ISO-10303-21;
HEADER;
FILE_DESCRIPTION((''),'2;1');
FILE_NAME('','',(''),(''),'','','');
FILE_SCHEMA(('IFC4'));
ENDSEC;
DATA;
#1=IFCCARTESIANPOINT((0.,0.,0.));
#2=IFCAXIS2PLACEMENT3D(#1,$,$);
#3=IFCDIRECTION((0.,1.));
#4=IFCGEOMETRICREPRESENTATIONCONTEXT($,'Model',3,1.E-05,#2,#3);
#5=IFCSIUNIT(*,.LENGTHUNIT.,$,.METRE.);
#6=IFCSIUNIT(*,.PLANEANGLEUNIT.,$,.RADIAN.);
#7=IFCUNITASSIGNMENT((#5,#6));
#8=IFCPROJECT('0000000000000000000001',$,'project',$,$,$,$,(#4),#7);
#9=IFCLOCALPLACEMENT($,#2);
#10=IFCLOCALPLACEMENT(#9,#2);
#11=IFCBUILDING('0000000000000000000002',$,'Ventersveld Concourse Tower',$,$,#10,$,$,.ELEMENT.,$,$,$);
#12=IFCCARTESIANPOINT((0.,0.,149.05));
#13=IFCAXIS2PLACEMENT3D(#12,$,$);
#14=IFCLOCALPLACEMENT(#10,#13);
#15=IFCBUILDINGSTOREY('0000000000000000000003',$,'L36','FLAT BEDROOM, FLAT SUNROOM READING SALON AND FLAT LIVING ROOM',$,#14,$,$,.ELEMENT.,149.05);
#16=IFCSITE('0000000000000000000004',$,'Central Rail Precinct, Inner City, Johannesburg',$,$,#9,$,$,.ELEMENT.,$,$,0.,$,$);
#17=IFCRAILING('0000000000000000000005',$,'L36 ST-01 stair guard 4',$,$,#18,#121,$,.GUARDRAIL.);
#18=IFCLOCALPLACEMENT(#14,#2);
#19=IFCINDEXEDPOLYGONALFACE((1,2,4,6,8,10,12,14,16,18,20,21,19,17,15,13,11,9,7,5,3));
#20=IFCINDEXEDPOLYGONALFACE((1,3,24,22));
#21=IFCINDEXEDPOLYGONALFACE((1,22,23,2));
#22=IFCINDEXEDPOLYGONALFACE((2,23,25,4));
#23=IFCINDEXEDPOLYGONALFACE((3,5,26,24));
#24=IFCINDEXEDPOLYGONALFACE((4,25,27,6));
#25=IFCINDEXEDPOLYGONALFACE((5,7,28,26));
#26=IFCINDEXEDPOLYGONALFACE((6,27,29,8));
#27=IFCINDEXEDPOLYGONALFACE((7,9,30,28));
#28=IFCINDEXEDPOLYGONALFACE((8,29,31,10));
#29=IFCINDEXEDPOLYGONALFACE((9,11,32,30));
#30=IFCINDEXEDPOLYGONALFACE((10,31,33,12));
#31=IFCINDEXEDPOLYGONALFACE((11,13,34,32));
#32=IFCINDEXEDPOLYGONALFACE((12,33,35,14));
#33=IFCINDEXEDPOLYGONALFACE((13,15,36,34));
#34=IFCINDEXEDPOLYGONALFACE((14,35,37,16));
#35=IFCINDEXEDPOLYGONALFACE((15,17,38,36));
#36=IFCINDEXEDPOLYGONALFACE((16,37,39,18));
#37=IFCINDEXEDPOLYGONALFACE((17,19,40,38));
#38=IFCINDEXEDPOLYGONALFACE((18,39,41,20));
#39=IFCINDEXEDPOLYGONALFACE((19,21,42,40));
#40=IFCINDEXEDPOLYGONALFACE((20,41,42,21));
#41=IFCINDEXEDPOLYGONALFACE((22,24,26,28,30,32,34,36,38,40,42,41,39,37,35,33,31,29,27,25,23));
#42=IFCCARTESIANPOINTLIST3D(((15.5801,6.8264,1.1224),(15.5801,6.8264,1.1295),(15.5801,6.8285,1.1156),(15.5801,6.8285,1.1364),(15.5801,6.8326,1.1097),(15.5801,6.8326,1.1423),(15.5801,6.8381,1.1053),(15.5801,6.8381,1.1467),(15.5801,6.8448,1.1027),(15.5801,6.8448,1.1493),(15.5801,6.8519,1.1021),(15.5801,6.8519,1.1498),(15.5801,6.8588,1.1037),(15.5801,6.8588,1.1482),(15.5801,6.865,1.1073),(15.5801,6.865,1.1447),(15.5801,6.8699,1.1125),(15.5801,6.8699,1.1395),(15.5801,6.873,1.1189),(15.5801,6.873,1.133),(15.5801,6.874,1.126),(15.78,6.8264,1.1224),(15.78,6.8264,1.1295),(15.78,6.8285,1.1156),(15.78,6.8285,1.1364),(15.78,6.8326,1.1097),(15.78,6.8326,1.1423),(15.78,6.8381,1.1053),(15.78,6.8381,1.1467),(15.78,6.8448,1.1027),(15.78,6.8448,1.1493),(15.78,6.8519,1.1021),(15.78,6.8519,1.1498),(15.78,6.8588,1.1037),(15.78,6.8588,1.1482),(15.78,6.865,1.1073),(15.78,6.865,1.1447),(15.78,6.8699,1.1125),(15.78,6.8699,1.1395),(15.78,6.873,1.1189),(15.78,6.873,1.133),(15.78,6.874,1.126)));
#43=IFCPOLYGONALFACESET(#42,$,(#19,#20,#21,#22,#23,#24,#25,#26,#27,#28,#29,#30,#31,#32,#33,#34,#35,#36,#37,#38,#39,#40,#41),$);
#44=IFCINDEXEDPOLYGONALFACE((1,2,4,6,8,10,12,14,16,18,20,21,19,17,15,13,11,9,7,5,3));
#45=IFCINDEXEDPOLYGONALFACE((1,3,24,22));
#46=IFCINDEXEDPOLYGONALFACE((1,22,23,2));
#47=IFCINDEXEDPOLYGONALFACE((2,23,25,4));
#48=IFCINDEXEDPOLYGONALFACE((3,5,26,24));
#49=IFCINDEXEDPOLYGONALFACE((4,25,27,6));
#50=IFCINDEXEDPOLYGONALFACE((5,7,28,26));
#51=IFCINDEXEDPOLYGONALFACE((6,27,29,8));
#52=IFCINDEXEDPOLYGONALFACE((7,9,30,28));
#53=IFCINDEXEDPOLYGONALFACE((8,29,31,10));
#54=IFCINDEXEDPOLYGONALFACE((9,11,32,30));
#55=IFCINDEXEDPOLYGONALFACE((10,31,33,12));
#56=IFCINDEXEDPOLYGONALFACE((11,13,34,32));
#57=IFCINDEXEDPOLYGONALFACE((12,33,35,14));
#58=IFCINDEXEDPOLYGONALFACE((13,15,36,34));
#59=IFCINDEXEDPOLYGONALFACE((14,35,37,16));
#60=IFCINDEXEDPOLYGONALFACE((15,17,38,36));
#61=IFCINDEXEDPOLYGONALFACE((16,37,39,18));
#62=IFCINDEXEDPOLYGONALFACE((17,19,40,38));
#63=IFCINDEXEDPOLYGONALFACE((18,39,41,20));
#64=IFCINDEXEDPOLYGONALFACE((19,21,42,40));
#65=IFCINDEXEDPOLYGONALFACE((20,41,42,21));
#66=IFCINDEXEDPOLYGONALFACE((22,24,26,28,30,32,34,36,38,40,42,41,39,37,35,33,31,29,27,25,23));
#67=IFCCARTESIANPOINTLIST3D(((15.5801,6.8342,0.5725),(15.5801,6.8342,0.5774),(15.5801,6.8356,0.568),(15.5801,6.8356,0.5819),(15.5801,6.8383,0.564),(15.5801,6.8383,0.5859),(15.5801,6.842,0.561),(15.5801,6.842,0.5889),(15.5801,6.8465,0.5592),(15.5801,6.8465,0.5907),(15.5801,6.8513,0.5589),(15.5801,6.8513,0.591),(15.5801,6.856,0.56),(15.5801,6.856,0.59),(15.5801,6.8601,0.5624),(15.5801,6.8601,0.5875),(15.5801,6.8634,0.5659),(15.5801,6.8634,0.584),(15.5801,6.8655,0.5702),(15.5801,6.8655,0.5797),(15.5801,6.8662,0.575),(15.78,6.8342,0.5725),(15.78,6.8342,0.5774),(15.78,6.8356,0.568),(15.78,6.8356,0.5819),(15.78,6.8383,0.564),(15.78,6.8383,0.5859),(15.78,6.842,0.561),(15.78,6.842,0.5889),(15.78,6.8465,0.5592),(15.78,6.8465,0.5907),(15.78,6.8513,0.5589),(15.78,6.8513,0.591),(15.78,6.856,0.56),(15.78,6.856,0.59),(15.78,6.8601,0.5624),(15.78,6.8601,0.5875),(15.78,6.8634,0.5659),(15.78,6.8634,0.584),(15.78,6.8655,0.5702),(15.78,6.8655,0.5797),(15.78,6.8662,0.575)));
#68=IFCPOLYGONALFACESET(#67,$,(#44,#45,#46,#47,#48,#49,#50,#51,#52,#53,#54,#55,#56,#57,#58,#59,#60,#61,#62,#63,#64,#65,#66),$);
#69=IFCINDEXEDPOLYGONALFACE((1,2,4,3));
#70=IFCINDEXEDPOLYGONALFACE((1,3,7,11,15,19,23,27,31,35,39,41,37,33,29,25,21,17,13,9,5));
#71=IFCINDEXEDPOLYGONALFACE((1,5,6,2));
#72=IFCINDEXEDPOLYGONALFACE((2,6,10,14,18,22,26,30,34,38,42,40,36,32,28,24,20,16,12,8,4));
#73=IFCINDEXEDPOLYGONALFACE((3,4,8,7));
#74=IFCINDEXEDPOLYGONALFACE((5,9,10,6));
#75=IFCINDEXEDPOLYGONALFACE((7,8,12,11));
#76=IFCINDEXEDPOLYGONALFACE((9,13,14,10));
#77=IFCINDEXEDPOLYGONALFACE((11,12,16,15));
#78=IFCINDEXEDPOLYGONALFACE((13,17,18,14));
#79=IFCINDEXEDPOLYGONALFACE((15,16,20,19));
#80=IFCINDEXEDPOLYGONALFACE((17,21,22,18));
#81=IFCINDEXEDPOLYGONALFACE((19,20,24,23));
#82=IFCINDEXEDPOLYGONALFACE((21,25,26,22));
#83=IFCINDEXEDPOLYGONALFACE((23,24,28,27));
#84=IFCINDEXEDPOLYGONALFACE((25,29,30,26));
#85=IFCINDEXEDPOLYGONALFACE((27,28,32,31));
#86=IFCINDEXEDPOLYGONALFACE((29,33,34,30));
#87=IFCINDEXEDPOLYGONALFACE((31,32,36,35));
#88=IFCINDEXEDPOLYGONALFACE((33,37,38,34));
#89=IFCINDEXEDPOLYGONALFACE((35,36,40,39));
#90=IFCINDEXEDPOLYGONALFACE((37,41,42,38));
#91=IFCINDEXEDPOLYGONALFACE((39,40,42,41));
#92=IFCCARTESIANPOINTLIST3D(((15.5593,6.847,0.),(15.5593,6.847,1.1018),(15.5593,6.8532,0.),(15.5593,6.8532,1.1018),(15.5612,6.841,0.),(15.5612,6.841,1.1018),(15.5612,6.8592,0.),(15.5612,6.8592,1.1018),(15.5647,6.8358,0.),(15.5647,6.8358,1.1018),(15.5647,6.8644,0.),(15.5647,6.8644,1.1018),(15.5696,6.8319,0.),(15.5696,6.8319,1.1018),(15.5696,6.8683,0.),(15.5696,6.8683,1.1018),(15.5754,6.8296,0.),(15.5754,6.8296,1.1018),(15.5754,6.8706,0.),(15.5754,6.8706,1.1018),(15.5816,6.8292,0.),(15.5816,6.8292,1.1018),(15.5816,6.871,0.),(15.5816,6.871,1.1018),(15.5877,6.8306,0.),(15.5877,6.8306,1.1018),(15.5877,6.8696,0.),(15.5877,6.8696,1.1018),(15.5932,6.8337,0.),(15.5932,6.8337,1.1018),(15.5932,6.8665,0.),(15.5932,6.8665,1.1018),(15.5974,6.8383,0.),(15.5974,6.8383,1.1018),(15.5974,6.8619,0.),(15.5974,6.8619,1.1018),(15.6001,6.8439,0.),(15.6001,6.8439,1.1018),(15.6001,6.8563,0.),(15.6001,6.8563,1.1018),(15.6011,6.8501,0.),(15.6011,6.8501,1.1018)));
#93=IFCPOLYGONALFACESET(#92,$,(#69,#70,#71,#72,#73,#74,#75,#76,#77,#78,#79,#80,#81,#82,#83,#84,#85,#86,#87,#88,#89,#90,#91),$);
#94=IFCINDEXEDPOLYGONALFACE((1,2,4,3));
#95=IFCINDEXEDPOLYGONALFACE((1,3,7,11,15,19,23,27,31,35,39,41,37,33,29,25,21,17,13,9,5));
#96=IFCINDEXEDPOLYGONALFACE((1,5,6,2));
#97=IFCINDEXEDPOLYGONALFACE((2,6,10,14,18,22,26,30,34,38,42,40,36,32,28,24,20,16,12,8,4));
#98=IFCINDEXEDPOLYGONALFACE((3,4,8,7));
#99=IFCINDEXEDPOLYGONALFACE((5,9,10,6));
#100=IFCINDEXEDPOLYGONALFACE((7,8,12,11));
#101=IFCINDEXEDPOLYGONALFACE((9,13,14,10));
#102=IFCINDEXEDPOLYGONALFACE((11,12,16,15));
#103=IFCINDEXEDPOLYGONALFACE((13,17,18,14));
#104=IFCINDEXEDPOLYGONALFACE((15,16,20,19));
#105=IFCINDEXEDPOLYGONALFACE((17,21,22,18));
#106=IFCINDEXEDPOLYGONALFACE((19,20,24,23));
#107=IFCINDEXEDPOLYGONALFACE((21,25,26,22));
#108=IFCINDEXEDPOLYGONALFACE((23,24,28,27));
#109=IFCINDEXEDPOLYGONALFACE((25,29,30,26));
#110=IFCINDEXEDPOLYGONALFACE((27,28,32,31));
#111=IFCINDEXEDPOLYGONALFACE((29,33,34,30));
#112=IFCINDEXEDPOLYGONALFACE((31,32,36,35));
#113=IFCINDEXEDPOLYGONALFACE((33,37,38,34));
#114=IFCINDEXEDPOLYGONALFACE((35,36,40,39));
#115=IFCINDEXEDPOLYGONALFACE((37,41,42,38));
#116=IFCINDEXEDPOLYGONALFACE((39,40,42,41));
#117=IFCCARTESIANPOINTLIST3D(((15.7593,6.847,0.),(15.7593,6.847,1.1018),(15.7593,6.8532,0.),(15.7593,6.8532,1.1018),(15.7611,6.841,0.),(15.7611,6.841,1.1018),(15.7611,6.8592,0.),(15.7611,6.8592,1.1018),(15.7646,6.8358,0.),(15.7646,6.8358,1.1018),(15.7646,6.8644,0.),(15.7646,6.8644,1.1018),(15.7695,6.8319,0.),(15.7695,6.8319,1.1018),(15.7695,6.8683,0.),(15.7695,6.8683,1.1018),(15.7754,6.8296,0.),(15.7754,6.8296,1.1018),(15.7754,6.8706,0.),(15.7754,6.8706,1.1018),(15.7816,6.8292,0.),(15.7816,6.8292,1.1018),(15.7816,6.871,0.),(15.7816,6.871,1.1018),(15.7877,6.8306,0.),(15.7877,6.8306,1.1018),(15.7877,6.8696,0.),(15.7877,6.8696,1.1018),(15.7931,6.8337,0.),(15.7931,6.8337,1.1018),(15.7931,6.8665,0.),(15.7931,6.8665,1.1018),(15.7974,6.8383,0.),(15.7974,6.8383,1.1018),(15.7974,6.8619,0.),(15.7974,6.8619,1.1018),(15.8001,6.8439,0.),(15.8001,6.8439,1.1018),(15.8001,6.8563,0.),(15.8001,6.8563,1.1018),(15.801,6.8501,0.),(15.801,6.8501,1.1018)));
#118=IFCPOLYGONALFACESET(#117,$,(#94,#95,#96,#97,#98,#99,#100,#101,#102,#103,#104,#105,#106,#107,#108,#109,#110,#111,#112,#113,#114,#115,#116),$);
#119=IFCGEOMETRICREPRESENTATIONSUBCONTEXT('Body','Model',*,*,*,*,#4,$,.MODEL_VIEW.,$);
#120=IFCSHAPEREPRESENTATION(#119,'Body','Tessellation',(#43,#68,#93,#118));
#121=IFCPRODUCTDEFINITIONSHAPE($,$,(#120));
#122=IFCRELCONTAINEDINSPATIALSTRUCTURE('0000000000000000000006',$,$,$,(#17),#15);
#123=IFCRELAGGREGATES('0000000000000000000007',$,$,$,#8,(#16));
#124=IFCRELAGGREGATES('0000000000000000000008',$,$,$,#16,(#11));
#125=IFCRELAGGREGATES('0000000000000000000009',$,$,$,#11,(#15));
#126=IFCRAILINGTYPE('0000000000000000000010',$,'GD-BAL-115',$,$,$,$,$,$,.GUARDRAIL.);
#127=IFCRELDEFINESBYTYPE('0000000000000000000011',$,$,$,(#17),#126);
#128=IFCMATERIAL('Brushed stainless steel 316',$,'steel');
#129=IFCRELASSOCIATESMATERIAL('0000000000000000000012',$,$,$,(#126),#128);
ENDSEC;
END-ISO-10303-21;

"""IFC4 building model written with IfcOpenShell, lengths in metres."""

from ifc_helpers import new_model, si_unit, direction, frame, origin, origin_2d, place, context, subcontext, project, spatial, circle, extrude, material, type_object, element, save


model = new_model("IFC4")

# Units and contexts
model_context = context("Model", 3, precision=1e-05, world=origin(), true_north=direction((0.0, 1.0)))
body_context = subcontext(model_context, "Body", "Model", "MODEL_VIEW")
ifc_project = project(units=[si_unit("LENGTHUNIT", "METRE"), si_unit("PLANEANGLEUNIT", "RADIAN")], contexts=[model_context])

# Site, building, storey
site_placement = place(None, origin())
site = spatial("IfcSite", under=ifc_project, at=site_placement, Name="Central Rail Precinct, Inner City, Johannesburg", CompositionType="ELEMENT", RefElevation=0.0)
building_placement = place(site_placement, origin())
building = spatial("IfcBuilding", under=site, at=building_placement, Name="Ventersveld Concourse Tower", CompositionType="ELEMENT")
storey_placement = place(building_placement, frame((0.0, 0.0, 149.05)))
storey = spatial("IfcBuildingStorey", under=building, at=storey_placement, Name="L36", Description="FLAT BEDROOM, FLAT SUNROOM READING SALON AND FLAT LIVING ROOM", CompositionType="ELEMENT", Elevation=149.05)

# Shared definitions
ifc_material_1 = material(Name="Brushed stainless steel 316", Category="steel")

# Railing
railing_type = type_object("IfcRailingType", Name="GD-BAL-115", PredefinedType="GUARDRAIL", material=ifc_material_1)
railing_1_placement = place(storey_placement, frame((15.5801, 6.8501, 0.0)))
element("IfcRailing", 1, at=railing_1_placement, inside=storey, type_object=railing_type, Name="L36 ST-01 stair guard 4", PredefinedType="GUARDRAIL", context=body_context, shape_type="SweptSolid", body=[
    extrude(circle(Radius=0.0239, at=origin_2d()), frame((0.0, 0.0, 1.126), z_axis=(1.0, 0.0, 0.0), x_axis=(0.0, 1.0, 0.0)), (0.0, 0.0, 1.0), 0.2),
    extrude(circle(Radius=0.0161, at=origin_2d()), frame((0.0, 0.0, 0.575), z_axis=(1.0, 0.0, 0.0), x_axis=(0.0, 1.0, 0.0)), (0.0, 0.0, 1.0), 0.2),
    extrude(circle(Radius=0.021, at=origin_2d()), origin(), (0.0, 0.0, 1.0), 1.1018),
    extrude(circle(Radius=0.021, at=origin_2d()), frame((0.2, 0.0, 0.0)), (0.0, 0.0, 1.0), 1.1018),
])

save(model, "model.ifc")
